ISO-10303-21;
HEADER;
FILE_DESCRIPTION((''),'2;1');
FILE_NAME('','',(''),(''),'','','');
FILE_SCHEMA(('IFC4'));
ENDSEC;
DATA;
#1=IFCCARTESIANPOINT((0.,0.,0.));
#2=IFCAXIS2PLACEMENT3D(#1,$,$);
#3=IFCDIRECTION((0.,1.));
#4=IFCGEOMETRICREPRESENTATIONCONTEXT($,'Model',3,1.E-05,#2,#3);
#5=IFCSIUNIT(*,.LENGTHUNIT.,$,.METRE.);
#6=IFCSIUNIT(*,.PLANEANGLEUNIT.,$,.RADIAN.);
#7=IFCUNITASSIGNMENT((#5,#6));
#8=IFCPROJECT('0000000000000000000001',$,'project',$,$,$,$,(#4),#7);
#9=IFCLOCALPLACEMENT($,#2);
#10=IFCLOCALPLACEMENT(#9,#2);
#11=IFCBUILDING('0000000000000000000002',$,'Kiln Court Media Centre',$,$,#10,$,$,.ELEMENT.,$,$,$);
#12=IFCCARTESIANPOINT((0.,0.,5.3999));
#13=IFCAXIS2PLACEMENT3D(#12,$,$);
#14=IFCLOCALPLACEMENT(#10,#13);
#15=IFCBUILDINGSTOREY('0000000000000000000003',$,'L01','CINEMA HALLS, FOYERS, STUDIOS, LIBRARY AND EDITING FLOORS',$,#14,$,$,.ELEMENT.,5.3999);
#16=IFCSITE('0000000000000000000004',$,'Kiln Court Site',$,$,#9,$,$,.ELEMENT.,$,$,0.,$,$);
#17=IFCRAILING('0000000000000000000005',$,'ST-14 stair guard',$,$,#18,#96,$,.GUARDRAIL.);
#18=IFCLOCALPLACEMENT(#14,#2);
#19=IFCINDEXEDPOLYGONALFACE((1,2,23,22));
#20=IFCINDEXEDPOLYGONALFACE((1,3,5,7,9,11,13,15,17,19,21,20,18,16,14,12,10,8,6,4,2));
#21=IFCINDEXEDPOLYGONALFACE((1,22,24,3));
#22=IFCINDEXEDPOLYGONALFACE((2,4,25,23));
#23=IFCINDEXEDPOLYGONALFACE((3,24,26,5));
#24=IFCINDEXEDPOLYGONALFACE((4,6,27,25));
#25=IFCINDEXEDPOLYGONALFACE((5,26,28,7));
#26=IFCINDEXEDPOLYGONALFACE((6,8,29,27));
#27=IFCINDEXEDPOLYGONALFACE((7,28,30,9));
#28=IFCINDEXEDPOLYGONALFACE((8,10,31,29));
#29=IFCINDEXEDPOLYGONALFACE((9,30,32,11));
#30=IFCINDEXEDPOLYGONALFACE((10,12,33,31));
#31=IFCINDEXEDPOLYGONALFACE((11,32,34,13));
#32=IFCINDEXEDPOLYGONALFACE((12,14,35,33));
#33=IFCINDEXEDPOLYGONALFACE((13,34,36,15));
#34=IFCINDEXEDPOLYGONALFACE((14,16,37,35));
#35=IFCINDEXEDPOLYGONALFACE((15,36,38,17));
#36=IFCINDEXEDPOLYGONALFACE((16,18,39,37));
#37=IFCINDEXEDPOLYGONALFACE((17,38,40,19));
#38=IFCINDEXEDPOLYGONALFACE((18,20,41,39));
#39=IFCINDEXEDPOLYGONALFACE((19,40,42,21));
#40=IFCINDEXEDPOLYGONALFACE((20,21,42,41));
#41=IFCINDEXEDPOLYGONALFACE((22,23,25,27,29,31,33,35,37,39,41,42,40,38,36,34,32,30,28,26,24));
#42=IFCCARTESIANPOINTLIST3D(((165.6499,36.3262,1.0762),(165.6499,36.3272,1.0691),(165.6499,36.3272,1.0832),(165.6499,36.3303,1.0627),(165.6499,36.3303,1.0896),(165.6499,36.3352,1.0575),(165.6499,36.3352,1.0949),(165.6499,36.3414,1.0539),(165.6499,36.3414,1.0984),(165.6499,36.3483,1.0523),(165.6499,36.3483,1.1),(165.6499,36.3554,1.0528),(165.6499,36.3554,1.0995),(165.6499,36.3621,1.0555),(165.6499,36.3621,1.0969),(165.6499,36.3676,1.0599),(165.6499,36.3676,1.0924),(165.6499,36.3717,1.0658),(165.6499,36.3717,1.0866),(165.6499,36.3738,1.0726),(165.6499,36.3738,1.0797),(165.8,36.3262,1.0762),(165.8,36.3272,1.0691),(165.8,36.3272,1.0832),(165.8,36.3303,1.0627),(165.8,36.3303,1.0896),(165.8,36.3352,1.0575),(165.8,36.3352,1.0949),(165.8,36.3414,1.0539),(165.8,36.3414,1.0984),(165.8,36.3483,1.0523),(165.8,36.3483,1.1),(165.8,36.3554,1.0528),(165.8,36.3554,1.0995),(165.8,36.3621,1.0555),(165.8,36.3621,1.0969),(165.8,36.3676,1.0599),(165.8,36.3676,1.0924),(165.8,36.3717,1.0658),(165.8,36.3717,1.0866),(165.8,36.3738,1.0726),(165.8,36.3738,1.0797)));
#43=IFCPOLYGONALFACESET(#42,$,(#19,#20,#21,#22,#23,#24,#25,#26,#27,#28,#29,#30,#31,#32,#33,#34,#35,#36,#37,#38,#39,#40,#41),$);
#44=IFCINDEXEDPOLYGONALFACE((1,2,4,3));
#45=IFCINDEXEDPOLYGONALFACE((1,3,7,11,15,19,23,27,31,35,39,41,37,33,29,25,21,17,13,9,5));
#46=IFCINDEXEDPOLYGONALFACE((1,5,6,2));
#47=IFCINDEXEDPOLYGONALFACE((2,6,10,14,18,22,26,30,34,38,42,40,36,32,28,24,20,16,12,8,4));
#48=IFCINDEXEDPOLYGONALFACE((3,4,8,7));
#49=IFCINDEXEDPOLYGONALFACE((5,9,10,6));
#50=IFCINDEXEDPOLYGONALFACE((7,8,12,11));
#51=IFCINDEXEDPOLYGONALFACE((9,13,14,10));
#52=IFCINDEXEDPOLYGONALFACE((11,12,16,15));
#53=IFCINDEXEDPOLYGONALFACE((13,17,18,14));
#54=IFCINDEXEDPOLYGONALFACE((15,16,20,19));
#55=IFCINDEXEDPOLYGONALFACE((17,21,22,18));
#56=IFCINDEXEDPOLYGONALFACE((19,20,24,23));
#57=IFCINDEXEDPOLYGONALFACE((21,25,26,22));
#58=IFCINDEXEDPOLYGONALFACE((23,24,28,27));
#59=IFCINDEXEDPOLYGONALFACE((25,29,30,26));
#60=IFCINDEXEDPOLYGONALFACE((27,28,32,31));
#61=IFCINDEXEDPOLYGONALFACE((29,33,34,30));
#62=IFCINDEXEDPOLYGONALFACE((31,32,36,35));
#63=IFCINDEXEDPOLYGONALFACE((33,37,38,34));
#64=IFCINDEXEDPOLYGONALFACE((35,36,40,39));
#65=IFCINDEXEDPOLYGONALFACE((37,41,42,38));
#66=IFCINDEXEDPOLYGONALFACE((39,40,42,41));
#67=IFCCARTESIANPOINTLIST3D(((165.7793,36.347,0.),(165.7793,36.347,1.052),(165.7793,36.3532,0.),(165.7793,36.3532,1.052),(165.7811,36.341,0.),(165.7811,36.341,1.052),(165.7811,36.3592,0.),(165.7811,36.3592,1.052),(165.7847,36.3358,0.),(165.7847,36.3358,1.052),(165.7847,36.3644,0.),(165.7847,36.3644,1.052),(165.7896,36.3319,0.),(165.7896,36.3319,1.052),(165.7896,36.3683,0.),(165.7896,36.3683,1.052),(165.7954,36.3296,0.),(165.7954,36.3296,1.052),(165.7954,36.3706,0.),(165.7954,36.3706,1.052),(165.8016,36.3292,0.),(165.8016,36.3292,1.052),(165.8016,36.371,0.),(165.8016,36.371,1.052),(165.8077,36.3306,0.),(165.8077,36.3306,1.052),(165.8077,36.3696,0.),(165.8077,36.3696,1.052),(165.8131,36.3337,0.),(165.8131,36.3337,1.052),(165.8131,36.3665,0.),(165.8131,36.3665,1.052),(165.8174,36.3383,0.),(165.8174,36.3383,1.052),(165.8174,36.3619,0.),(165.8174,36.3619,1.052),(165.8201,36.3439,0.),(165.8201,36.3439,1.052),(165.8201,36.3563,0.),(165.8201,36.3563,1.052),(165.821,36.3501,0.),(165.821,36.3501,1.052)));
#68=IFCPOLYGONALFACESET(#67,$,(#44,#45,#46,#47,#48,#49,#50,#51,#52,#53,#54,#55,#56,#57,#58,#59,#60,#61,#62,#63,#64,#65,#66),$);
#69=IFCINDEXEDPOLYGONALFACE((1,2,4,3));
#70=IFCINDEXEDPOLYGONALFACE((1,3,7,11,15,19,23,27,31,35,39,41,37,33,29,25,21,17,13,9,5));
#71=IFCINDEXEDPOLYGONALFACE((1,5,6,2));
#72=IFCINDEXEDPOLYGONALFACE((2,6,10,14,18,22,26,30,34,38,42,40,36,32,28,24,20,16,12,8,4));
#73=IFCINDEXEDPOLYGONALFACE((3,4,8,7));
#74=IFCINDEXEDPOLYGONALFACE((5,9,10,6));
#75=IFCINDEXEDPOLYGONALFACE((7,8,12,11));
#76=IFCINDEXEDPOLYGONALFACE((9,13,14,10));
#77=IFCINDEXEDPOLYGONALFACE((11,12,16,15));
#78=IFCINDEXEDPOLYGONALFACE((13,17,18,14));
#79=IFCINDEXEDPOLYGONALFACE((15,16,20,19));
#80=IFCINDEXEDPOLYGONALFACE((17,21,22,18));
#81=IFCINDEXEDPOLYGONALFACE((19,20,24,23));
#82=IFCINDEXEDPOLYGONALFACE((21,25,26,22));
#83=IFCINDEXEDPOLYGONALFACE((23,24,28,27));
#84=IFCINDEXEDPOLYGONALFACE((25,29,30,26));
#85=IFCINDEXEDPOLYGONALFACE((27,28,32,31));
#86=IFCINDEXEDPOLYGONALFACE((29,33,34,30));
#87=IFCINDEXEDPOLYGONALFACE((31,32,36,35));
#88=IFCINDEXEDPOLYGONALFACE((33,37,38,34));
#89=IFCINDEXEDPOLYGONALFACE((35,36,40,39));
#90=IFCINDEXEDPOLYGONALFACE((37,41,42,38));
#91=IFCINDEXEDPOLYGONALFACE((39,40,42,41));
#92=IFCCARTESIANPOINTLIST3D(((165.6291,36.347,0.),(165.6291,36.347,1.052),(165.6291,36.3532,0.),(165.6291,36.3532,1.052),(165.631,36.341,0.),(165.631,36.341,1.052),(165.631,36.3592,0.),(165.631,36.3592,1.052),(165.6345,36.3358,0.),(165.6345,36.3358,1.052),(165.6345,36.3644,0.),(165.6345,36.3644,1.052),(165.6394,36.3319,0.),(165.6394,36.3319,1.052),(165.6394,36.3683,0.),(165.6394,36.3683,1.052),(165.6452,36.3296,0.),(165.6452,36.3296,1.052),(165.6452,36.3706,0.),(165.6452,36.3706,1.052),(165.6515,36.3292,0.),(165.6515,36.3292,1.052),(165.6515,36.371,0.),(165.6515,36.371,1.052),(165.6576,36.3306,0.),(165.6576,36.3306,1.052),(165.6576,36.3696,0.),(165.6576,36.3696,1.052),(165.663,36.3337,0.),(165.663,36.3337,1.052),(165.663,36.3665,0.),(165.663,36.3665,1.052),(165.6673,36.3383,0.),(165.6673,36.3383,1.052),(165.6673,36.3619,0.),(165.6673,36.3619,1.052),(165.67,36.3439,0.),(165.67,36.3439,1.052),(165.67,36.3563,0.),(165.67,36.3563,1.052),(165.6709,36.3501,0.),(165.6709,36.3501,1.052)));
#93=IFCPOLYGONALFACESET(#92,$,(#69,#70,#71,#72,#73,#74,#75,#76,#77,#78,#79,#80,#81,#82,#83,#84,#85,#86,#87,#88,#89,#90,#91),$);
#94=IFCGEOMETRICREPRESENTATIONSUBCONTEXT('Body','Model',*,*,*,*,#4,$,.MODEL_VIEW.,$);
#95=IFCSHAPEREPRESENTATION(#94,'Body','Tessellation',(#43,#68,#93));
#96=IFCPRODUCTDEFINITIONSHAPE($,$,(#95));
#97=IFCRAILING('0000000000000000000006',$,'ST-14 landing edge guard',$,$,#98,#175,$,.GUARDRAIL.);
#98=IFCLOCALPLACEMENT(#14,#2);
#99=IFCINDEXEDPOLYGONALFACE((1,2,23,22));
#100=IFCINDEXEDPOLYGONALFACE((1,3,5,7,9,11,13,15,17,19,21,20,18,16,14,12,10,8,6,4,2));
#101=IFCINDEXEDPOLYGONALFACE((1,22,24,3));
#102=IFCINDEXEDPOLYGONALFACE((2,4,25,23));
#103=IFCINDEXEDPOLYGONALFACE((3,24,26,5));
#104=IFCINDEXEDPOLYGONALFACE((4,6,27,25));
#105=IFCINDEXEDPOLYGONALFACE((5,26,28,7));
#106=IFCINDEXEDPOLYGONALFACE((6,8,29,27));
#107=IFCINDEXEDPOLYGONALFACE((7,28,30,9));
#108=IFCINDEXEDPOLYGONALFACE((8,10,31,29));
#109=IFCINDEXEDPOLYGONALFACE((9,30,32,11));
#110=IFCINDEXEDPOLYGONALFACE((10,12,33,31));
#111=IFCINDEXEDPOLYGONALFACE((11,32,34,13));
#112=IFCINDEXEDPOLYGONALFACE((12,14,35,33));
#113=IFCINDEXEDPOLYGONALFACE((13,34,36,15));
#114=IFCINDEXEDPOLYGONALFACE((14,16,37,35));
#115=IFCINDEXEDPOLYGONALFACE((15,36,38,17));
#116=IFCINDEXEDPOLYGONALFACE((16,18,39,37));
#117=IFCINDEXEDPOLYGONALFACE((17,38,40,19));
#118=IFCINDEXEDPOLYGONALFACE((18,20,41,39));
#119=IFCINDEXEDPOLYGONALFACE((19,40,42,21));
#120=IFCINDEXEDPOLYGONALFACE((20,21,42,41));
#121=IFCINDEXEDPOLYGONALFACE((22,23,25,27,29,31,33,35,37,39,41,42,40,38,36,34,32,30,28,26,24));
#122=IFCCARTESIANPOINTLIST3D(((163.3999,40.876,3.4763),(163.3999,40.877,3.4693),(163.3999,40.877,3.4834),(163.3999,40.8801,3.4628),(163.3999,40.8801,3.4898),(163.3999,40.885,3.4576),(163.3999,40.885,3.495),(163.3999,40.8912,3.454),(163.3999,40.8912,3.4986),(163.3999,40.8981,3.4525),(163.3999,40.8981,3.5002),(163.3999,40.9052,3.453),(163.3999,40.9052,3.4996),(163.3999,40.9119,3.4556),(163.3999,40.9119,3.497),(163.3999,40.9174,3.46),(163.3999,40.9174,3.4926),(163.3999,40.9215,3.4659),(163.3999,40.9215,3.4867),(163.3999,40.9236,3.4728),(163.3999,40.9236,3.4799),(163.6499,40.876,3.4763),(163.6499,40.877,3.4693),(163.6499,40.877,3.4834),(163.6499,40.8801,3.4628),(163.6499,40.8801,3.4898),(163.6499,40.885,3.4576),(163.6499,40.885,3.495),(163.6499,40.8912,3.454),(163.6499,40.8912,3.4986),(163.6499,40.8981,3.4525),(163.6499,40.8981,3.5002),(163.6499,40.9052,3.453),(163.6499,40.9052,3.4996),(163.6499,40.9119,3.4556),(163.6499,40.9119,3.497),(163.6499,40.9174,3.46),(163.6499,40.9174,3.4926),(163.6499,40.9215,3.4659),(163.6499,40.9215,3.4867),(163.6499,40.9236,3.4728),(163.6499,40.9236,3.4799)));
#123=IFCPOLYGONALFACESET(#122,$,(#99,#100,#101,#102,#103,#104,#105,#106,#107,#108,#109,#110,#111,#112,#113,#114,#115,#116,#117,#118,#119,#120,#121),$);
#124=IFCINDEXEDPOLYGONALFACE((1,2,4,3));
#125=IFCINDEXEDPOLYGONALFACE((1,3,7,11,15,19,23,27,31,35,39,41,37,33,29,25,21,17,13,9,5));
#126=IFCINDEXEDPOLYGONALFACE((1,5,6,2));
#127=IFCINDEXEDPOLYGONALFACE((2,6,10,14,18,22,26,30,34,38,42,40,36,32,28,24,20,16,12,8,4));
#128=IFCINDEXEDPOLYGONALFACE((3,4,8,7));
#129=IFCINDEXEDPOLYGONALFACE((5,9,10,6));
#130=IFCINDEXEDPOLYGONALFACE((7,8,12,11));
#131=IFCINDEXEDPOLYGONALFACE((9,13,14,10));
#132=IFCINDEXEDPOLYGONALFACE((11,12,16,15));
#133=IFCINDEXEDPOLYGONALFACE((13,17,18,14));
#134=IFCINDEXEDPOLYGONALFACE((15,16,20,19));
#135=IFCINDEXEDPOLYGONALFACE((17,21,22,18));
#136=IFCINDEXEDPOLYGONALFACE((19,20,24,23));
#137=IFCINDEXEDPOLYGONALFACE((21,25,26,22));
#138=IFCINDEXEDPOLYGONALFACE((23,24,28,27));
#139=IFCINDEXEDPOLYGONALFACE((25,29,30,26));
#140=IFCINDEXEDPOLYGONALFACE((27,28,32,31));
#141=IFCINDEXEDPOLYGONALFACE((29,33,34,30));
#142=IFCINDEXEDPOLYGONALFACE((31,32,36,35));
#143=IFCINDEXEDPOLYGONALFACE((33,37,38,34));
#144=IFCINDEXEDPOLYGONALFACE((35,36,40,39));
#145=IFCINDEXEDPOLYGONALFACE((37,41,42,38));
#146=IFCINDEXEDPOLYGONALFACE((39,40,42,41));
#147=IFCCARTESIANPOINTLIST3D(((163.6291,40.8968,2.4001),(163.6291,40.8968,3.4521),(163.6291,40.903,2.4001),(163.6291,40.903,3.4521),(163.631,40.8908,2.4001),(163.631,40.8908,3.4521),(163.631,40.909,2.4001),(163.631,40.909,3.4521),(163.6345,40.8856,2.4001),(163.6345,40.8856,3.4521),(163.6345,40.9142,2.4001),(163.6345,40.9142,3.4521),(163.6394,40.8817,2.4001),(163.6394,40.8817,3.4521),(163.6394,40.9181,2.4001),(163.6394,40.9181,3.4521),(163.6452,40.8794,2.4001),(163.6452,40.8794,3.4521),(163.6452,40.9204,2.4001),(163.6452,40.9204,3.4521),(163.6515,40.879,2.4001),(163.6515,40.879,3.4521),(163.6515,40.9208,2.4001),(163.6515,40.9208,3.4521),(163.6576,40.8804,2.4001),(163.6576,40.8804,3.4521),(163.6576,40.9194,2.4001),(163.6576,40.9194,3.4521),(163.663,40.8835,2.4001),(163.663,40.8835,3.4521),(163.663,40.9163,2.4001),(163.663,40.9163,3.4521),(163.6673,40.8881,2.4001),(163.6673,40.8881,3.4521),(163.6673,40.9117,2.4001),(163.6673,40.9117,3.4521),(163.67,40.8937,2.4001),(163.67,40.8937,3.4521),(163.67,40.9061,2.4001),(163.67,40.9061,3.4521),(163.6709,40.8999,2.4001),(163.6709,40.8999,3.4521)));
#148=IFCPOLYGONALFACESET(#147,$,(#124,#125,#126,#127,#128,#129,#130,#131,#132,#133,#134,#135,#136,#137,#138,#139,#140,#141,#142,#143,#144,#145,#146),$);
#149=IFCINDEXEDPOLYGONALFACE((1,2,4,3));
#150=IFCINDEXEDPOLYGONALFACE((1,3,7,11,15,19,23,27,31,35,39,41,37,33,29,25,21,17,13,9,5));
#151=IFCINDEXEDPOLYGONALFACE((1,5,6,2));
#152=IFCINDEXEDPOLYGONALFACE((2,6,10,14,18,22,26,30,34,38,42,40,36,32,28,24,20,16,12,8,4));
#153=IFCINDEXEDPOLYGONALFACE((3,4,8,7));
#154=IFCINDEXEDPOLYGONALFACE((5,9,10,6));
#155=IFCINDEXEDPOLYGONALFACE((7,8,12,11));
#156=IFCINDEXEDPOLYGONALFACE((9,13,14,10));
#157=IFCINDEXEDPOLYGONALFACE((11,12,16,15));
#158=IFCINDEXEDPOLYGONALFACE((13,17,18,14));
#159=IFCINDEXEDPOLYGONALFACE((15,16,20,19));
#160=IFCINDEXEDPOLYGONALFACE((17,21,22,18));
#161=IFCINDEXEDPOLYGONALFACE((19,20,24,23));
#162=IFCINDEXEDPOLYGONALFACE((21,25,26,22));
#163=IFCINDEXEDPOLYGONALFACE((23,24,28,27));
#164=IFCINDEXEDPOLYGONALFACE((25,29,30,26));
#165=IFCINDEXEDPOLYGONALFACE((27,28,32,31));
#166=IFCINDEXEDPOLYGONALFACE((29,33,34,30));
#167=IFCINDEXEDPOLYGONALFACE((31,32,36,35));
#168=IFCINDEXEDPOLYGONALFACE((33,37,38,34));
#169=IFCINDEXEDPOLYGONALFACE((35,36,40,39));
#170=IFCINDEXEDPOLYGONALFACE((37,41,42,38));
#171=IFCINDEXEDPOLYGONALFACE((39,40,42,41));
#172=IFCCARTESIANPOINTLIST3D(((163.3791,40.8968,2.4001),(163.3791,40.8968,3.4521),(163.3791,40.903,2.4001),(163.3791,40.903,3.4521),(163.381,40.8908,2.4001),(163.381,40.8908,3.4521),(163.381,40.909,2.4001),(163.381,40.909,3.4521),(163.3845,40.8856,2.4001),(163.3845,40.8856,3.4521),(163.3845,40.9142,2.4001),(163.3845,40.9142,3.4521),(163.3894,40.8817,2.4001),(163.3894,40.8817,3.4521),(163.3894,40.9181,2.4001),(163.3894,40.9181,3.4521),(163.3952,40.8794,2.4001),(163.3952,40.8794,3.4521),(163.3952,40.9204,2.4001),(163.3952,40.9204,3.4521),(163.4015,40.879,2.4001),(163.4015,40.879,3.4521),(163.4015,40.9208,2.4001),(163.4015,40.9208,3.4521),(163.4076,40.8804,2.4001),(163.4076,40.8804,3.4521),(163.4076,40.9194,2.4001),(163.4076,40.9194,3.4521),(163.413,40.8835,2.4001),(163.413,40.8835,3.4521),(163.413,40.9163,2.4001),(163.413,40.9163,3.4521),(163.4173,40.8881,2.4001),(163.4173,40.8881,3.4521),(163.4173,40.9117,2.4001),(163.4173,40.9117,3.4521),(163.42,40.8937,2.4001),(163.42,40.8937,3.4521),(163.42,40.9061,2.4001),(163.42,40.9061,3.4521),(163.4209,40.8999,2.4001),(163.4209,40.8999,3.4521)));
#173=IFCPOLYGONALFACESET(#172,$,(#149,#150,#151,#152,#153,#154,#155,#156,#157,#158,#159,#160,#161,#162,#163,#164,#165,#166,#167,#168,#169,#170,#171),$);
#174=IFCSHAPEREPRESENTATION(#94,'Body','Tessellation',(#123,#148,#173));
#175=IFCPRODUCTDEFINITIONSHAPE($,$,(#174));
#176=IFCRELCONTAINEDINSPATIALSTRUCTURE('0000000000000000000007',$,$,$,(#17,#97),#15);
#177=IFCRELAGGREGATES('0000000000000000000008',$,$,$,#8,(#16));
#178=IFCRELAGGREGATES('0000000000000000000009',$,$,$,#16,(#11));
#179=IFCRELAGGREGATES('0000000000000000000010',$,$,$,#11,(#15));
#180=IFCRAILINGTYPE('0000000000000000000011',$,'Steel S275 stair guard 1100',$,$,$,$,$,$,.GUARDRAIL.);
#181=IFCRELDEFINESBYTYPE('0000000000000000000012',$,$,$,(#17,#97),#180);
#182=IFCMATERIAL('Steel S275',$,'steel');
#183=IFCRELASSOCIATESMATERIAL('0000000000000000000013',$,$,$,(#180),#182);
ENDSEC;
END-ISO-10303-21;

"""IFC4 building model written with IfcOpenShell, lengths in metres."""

from ifc_helpers import new_model, si_unit, direction, frame, origin, origin_2d, place, context, subcontext, project, spatial, circle, extrude, material, type_object, element, save


model = new_model("IFC4")

# Units and contexts
model_context = context("Model", 3, precision=1e-05, world=origin(), true_north=direction((0.0, 1.0)))
body_context = subcontext(model_context, "Body", "Model", "MODEL_VIEW")
ifc_project = project(units=[si_unit("LENGTHUNIT", "METRE"), si_unit("PLANEANGLEUNIT", "RADIAN")], contexts=[model_context])

# Site, building, storey
site_placement = place(None, origin())
site = spatial("IfcSite", under=ifc_project, at=site_placement, Name="Kiln Court Site", CompositionType="ELEMENT", RefElevation=0.0)
building_placement = place(site_placement, origin())
building = spatial("IfcBuilding", under=site, at=building_placement, Name="Kiln Court Media Centre", CompositionType="ELEMENT")
storey_placement = place(building_placement, frame((0.0, 0.0, 5.3999)))
storey = spatial("IfcBuildingStorey", under=building, at=storey_placement, Name="L01", Description="CINEMA HALLS, FOYERS, STUDIOS, LIBRARY AND EDITING FLOORS", CompositionType="ELEMENT", Elevation=5.3999)

# Railings
ifc_material_1 = material(Name="Steel S275", Category="steel")
railing_type_1 = type_object("IfcRailingType", Name="Steel S275 stair guard 1100", PredefinedType="GUARDRAIL", material=ifc_material_1)
railing_1_placement = place(storey_placement, frame((165.8, 36.3501, 0.0)))
element("IfcRailing", 1, at=railing_1_placement, inside=storey, type_object=railing_type_1, Name="ST-14 stair guard", PredefinedType="GUARDRAIL", context=body_context, shape_type="SweptSolid", body=[
    extrude(circle(Radius=0.0239, at=origin_2d()), frame((0.0, 0.0, 1.0762), z_axis=(-1.0, 0.0, 0.0), x_axis=(0.0, -1.0, 0.0)), (0.0, 0.0, 1.0), 0.1501),
    extrude(circle(Radius=0.021, at=origin_2d()), origin(), (0.0, 0.0, 1.0), 1.052),
    extrude(circle(Radius=0.021, at=origin_2d()), frame((-0.1501, 0.0, 0.0)), (0.0, 0.0, 1.0), 1.052),
])
for number, where, name in (
    (2, (163.6499, 40.8999, 2.4001), "ST-14 landing edge guard"),
):
    element("IfcRailing", number, at=place(storey_placement, frame(where)), inside=storey, type_object=railing_type_1, Name=name, PredefinedType="GUARDRAIL", context=body_context, shape_type="SweptSolid", body=[
        extrude(circle(Radius=0.0239, at=origin_2d()), frame((0.0, 0.0, 1.0762), z_axis=(-1.0, 0.0, 0.0), x_axis=(0.0, -1.0, 0.0)), (0.0, 0.0, 1.0), 0.25),
        extrude(circle(Radius=0.021, at=origin_2d()), origin(), (0.0, 0.0, 1.0), 1.052),
        extrude(circle(Radius=0.021, at=origin_2d()), frame((-0.25, 0.0, 0.0)), (0.0, 0.0, 1.0), 1.052),
    ])

save(model, "model.ifc")
